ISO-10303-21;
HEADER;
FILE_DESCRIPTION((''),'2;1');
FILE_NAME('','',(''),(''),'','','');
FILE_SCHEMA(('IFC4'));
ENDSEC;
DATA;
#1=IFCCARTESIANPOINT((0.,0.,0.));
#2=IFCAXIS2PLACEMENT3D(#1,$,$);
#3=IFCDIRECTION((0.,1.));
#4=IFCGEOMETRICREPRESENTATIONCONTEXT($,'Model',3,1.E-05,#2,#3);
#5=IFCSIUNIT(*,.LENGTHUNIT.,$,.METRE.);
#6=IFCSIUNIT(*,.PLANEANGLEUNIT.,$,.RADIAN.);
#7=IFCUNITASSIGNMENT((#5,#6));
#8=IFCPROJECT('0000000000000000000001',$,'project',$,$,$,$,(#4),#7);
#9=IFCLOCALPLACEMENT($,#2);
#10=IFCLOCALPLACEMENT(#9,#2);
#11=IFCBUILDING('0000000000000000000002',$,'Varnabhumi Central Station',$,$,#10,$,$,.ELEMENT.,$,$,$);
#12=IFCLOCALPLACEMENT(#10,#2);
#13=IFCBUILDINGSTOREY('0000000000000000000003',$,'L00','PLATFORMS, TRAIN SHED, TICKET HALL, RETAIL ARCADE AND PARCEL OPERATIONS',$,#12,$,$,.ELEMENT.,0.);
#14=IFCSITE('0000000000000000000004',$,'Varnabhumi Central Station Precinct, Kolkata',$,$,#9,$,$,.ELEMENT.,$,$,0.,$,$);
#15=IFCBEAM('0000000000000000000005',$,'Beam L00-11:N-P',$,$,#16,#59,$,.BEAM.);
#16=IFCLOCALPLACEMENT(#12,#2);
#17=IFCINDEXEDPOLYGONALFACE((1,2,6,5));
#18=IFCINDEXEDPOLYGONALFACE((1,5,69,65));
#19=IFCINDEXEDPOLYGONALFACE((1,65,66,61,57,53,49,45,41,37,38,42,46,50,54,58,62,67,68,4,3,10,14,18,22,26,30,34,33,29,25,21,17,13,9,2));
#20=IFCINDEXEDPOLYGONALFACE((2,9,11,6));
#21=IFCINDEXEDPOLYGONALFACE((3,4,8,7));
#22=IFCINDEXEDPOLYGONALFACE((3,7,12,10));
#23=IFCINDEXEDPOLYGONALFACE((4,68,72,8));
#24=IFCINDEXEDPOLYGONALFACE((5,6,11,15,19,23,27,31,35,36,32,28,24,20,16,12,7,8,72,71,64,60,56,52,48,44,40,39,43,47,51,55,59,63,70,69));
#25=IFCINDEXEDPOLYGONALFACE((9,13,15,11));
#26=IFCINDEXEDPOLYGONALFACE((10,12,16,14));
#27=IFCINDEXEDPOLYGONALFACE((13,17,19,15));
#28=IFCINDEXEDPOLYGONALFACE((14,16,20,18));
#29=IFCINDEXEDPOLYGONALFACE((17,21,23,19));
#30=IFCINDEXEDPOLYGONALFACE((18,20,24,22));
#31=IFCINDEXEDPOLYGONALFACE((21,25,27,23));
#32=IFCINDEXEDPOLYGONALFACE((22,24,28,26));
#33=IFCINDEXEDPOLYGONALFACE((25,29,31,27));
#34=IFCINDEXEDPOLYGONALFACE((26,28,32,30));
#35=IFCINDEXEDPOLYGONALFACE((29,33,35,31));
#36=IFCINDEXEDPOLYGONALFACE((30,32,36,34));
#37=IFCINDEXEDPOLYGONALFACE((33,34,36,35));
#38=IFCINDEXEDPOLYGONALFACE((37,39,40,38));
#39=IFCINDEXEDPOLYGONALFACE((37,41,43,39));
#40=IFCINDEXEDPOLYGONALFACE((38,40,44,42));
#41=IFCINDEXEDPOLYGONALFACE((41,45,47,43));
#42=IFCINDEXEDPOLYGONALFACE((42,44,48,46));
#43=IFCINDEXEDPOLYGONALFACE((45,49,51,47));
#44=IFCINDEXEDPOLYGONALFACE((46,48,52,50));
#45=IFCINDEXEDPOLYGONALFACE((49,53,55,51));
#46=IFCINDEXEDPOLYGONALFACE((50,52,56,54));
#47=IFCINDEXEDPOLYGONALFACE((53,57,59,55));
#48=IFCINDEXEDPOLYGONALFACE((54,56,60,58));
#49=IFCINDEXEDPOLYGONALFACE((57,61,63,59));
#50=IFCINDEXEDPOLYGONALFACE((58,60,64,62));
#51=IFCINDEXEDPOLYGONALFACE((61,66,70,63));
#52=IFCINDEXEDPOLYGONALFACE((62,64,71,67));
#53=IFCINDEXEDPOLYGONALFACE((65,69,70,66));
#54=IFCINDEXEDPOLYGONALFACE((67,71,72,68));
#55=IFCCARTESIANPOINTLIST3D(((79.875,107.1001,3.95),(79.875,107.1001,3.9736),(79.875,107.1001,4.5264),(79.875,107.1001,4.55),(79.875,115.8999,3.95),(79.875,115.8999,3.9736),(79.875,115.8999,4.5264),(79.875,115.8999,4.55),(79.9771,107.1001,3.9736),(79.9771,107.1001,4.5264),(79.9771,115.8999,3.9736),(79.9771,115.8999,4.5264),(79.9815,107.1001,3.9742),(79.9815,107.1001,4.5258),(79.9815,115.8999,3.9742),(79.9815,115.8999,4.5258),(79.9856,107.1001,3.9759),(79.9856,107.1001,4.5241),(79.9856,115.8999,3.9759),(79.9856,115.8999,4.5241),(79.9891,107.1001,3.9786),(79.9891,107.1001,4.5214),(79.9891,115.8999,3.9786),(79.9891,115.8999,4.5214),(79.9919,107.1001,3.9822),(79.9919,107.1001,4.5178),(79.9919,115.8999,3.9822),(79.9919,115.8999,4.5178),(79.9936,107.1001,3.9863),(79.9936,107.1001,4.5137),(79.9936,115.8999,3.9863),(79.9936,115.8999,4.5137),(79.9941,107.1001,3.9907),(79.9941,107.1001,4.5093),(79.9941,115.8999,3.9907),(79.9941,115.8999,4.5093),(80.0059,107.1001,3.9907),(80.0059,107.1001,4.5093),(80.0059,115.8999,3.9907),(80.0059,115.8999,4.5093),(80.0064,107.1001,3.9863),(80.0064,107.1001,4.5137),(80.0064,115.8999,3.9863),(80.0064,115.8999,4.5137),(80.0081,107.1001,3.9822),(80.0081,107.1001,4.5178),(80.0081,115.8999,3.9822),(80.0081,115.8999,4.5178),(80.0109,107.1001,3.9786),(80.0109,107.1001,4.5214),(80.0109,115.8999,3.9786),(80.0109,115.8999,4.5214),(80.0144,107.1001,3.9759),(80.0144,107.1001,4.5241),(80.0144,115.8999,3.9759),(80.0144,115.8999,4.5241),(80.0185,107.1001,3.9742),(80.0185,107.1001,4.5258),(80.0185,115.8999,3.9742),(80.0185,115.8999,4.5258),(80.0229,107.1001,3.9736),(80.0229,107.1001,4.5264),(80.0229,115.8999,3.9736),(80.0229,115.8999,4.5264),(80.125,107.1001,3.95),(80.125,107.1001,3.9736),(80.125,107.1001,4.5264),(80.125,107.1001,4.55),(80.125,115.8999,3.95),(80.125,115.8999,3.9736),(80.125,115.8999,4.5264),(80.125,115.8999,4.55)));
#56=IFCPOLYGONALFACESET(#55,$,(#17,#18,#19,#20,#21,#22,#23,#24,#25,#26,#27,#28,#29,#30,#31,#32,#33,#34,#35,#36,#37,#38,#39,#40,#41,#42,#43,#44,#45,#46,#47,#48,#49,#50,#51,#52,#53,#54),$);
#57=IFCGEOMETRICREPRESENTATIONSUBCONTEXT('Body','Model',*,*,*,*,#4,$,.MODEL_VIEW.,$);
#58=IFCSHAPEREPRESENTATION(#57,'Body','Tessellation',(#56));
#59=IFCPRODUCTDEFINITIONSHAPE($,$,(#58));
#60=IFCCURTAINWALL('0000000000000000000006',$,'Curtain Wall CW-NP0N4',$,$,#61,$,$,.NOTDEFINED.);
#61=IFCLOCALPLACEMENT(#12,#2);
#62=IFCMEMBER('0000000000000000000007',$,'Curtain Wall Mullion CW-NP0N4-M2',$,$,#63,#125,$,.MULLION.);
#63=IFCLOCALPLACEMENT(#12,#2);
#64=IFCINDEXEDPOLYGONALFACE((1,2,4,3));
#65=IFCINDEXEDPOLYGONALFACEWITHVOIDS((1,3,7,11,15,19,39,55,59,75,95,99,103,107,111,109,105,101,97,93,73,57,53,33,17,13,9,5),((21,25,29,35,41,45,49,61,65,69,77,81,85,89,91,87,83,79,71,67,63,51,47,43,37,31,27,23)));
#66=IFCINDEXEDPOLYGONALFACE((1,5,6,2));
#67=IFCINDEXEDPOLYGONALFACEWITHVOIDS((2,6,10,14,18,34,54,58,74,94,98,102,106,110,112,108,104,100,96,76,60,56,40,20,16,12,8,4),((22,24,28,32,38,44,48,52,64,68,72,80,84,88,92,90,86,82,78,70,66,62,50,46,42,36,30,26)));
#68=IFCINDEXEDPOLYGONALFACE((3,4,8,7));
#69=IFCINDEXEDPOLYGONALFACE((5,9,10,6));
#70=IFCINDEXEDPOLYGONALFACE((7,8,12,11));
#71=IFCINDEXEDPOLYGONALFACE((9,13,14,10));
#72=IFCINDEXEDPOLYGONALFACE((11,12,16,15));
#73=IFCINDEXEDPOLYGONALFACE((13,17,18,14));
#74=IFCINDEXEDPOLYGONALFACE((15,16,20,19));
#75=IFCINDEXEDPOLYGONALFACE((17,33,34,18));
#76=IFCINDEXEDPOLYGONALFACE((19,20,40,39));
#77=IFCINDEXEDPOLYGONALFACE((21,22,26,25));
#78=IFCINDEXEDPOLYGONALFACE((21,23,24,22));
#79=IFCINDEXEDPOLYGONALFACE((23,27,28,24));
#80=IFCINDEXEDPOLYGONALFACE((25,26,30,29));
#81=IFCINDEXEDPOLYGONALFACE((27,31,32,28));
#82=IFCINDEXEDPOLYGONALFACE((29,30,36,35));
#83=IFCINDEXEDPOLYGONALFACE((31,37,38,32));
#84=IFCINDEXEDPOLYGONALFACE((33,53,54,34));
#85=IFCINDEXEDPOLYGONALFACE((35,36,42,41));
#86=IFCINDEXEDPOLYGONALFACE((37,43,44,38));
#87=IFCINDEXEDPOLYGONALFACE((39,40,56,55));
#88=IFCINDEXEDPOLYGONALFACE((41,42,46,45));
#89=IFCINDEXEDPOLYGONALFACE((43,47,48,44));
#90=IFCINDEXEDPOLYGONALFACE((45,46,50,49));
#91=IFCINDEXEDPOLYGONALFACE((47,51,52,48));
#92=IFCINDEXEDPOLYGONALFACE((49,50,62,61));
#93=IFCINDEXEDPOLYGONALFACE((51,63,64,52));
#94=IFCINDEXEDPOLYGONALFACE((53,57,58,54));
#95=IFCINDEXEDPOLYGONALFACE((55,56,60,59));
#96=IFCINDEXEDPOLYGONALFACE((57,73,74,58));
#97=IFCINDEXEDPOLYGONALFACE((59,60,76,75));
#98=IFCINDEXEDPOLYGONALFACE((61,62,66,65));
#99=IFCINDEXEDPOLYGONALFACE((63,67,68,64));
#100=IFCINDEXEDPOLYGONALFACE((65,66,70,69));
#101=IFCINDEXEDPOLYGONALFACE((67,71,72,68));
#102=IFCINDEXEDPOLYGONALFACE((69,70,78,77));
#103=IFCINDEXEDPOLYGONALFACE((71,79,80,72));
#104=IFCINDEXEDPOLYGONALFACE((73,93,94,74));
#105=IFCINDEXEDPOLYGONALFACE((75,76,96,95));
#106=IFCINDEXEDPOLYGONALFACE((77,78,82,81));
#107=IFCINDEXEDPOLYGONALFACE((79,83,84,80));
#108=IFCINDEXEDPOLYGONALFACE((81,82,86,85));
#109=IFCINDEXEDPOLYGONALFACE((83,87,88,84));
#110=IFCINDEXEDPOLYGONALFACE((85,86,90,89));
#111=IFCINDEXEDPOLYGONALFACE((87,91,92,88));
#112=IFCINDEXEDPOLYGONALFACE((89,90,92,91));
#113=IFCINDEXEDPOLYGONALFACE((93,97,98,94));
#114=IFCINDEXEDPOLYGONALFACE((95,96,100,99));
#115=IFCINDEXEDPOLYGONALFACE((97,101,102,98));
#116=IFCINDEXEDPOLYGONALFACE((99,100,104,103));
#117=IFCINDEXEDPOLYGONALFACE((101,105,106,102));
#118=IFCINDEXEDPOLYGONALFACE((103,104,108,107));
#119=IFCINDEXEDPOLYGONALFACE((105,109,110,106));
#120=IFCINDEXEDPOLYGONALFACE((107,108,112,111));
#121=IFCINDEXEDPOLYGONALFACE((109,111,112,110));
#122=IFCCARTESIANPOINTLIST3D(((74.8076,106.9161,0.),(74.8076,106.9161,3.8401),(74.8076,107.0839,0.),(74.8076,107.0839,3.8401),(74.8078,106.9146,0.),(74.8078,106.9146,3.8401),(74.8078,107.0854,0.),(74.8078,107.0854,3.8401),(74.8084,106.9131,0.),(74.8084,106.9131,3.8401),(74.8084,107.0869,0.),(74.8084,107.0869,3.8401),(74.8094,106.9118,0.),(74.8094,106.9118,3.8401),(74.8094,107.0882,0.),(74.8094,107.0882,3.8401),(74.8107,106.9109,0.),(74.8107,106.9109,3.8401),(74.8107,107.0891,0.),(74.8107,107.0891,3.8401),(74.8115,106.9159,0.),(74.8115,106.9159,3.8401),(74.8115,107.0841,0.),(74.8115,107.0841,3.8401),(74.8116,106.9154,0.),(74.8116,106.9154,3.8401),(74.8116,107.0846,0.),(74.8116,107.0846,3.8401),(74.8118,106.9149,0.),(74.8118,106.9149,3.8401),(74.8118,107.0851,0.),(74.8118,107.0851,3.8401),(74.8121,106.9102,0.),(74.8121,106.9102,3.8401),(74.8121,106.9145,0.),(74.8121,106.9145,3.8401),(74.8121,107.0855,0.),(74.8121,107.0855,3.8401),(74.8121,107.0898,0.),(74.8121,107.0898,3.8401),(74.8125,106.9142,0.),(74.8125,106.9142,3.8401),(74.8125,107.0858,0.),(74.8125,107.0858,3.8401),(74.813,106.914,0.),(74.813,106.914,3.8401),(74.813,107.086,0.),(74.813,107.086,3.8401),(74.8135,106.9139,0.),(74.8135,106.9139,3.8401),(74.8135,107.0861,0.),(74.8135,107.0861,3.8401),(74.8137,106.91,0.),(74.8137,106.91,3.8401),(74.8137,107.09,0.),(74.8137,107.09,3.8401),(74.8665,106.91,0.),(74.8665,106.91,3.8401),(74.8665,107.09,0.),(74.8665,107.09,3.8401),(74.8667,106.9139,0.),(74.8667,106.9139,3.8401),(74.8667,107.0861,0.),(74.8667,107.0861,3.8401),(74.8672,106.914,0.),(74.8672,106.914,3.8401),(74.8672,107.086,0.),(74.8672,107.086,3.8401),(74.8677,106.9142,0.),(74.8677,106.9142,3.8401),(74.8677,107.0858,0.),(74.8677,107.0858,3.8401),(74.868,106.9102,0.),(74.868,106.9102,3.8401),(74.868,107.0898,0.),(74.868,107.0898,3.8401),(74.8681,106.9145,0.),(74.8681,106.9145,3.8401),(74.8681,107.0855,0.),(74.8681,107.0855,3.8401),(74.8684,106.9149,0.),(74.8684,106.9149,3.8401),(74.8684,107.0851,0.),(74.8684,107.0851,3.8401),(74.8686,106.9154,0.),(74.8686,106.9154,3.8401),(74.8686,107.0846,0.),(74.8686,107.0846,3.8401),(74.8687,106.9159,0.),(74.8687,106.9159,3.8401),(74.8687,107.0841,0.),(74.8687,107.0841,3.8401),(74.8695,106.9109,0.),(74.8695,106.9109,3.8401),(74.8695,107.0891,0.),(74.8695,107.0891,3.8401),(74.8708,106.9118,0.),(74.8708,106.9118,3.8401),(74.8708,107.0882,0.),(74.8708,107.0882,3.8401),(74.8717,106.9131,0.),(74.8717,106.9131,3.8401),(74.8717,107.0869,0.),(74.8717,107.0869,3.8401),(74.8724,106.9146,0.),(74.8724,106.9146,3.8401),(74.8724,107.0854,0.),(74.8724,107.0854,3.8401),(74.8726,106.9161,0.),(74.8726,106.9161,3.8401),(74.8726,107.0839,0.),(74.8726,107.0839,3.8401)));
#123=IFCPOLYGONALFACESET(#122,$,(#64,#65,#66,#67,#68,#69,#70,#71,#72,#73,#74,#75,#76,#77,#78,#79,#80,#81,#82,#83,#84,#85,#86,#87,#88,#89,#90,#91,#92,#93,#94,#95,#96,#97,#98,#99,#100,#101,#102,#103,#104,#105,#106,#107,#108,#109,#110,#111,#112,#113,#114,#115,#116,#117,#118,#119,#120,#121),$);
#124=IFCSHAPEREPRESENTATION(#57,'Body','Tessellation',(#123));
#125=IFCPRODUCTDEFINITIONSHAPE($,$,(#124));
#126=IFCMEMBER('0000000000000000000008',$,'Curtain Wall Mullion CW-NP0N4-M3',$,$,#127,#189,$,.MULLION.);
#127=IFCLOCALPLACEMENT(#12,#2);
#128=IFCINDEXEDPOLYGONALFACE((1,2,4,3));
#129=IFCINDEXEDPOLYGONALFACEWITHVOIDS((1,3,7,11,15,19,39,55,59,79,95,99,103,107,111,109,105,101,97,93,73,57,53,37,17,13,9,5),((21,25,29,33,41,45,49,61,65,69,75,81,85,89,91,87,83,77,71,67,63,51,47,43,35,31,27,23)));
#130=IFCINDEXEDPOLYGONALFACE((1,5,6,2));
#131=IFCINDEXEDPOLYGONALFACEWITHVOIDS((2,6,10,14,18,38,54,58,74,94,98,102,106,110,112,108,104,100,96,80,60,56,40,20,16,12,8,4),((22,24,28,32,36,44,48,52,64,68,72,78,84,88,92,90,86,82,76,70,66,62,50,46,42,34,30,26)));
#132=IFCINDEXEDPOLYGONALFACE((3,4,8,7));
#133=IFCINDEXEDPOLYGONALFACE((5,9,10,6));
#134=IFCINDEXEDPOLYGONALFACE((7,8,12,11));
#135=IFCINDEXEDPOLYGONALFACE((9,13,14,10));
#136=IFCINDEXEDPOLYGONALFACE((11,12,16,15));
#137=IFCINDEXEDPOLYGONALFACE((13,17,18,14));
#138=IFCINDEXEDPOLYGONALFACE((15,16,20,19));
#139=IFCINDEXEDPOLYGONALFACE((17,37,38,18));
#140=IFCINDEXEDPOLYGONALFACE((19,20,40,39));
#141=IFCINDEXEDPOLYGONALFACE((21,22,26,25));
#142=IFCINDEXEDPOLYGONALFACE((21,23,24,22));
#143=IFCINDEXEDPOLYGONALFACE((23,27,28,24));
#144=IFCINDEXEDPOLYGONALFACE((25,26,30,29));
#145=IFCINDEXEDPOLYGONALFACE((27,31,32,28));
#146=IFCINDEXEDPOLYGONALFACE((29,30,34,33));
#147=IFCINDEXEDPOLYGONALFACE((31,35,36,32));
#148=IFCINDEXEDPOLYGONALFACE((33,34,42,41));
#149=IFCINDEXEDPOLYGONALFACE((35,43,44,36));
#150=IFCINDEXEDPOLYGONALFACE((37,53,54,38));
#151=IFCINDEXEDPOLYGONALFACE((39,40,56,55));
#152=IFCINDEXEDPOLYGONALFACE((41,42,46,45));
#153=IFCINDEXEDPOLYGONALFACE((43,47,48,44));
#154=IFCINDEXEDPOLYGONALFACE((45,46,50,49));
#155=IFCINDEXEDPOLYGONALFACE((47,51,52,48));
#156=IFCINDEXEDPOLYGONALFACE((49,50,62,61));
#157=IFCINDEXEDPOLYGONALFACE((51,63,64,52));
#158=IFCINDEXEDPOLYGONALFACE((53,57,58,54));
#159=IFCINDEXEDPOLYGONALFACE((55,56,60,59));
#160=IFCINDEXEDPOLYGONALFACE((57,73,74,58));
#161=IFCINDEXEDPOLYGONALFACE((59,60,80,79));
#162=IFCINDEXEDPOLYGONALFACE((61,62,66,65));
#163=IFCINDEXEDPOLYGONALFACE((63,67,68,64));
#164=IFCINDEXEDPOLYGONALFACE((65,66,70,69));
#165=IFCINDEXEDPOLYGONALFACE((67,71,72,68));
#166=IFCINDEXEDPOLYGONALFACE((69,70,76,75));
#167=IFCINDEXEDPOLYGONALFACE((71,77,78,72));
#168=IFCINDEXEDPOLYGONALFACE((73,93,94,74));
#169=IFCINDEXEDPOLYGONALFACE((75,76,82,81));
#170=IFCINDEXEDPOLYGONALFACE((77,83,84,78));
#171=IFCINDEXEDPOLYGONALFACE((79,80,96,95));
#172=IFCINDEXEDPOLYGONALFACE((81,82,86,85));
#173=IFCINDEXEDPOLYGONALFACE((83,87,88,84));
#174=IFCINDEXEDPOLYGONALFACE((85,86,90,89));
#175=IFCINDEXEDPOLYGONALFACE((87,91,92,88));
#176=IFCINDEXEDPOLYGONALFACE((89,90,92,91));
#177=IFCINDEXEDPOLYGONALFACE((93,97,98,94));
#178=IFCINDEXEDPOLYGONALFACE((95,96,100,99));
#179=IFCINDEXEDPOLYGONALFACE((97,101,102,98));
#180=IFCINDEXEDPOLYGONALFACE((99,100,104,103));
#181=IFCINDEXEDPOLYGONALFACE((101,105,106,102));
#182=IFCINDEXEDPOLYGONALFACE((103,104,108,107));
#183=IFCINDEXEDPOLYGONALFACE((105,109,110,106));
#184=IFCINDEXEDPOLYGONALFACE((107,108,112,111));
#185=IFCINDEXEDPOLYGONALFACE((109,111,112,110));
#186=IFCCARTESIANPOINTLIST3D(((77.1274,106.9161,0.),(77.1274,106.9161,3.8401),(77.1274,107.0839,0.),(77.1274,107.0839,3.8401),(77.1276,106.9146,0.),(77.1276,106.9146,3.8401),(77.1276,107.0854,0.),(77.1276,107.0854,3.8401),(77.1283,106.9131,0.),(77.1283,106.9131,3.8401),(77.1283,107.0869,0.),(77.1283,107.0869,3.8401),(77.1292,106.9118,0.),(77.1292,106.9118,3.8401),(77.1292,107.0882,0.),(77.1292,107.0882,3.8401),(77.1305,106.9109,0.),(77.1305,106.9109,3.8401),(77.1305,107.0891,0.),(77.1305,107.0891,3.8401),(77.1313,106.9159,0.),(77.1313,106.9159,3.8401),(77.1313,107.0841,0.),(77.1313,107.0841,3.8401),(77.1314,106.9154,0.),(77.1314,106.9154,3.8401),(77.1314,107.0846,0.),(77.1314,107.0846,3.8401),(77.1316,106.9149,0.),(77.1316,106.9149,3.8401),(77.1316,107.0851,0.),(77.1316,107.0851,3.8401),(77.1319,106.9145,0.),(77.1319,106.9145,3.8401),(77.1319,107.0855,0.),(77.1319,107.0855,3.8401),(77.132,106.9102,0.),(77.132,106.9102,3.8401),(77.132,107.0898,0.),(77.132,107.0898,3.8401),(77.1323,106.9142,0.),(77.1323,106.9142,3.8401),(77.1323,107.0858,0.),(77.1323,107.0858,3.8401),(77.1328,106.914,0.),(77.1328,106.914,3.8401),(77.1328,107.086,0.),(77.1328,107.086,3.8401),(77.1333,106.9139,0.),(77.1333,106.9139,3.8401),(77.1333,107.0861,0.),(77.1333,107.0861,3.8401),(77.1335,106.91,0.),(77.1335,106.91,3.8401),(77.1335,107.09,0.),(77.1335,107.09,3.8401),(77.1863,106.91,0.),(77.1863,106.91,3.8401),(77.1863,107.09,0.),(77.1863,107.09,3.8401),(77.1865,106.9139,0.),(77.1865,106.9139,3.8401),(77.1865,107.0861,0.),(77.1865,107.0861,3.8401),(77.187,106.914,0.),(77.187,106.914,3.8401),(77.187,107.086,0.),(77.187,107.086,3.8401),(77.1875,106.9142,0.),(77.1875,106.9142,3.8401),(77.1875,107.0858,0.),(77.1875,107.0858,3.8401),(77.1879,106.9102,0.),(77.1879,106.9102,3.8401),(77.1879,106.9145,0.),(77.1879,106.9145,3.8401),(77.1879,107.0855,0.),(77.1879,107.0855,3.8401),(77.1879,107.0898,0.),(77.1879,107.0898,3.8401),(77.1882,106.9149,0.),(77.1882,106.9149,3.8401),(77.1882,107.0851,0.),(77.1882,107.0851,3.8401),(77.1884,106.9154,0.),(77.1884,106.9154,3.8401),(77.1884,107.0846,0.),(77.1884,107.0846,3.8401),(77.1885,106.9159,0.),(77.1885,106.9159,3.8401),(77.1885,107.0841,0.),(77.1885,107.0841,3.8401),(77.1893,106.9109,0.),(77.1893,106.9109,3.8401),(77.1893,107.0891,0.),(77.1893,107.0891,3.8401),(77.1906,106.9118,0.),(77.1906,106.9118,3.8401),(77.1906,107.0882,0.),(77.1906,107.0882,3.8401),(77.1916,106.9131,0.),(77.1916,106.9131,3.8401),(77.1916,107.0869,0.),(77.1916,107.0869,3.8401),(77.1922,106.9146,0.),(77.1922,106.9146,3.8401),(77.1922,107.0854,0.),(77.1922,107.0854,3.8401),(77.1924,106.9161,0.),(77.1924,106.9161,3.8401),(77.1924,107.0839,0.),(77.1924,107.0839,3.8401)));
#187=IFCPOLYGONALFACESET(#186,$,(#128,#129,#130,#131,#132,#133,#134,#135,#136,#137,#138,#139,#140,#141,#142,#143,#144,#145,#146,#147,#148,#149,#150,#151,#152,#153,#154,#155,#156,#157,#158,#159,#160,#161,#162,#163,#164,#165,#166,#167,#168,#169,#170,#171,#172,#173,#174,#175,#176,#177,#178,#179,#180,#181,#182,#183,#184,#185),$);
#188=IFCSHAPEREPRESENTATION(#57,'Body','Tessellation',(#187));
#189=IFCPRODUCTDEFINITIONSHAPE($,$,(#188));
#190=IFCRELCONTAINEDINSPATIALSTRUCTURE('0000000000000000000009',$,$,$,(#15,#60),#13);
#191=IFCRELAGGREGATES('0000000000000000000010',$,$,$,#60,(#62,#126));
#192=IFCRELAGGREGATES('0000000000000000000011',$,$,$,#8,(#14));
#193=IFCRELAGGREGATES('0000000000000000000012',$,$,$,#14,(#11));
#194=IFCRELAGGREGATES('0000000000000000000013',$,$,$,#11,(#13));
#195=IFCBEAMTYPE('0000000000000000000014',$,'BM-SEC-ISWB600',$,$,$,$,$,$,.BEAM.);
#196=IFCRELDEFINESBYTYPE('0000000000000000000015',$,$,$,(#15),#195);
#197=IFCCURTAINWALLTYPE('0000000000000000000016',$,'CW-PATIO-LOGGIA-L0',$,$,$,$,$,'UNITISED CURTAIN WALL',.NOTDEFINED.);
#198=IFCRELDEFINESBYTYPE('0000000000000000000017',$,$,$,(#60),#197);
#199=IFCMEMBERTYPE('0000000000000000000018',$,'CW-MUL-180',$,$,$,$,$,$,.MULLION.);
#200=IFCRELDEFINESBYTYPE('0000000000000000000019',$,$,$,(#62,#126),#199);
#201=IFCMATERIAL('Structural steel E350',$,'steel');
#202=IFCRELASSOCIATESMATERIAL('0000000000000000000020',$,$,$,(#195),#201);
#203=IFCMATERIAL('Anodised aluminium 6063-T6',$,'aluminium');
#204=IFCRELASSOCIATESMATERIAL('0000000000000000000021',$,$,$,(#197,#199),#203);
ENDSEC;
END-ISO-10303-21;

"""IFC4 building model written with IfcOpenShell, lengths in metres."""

from ifc_helpers import new_model, si_unit, direction, frame, origin, origin_2d, place, context, subcontext, project, spatial, hollow_rectangle, i_section, extrude, material, material_profile, profile_set, type_object, element, aggregate, save


model = new_model("IFC4")

# Units and contexts
model_context = context("Model", 3, precision=1e-05, world=origin(), true_north=direction((0.0, 1.0)))
body_context = subcontext(model_context, "Body", "Model", "MODEL_VIEW")
ifc_project = project(units=[si_unit("LENGTHUNIT", "METRE"), si_unit("PLANEANGLEUNIT", "RADIAN")], contexts=[model_context])

# Site, building, storey
site_placement = place(None, origin())
site = spatial("IfcSite", under=ifc_project, at=site_placement, Name="Varnabhumi Central Station Precinct, Kolkata", CompositionType="ELEMENT", RefElevation=0.0)
building_placement = place(site_placement, origin())
building = spatial("IfcBuilding", under=site, at=building_placement, Name="Varnabhumi Central Station", CompositionType="ELEMENT")
storey_placement = place(building_placement, origin())
storey = spatial("IfcBuildingStorey", under=building, at=storey_placement, Name="L00", Description="PLATFORMS, TRAIN SHED, TICKET HALL, RETAIL ARCADE AND PARCEL OPERATIONS", CompositionType="ELEMENT", Elevation=0.0)

# Beam
ifc_material_1 = material(Name="Structural steel E350", Category="steel")
ifc_material_profile_1 = material_profile(ifc_material_1, i_section(OverallWidth=0.25, OverallDepth=0.6001, WebThickness=0.0117, FlangeThickness=0.0237, FilletRadius=0.0171, at=origin_2d()), Name="Structural steel E350", Category="steel")
ifc_profile_set_1 = profile_set([ifc_material_profile_1], Name="Structural steel E350")
beam_type_1 = type_object("IfcBeamType", Name="BM-SEC-ISWB600", PredefinedType="BEAM", material=ifc_profile_set_1)
for number, where, z_axis, x_axis, name in (
    (1, (80.0, 107.1001, 4.25), (0.0, 1.0, 0.0), (-1.0, 0.0, 0.0), "Beam L00-11:N-P"),
):
    element("IfcBeam", number, at=place(storey_placement, frame(where, z_axis=z_axis, x_axis=x_axis)), inside=storey, type_object=beam_type_1, Name=name, PredefinedType="BEAM", context=body_context, shape_type="SweptSolid", body=[
        extrude(i_section(OverallWidth=0.25, OverallDepth=0.6001, WebThickness=0.0117, FlangeThickness=0.0237, FilletRadius=0.0171, at=origin_2d()), origin(), (0.0, 0.0, 1.0), 8.7998),
    ])

# Curtain wall, members
ifc_material_2 = material(Name="Anodised aluminium 6063-T6", Category="aluminium")
curtain_wall_type = type_object("IfcCurtainWallType", Name="CW-PATIO-LOGGIA-L0", ElementType="UNITISED CURTAIN WALL", PredefinedType="NOTDEFINED", material=ifc_material_2)
curtain_wall_placement = place(storey_placement, origin())
curtain_wall = element("IfcCurtainWall", 2, at=curtain_wall_placement, inside=storey, type_object=curtain_wall_type, Name="Curtain Wall CW-NP0N4", PredefinedType="NOTDEFINED")
ifc_material_profile_2 = material_profile(ifc_material_2, hollow_rectangle(XDim=0.0649, YDim=0.1799, WallThickness=0.0039, InnerFilletRadius=0.002, OuterFilletRadius=0.0061, at=origin_2d()), Name="Anodised aluminium 6063-T6", Category="aluminium")
ifc_profile_set_2 = profile_set([ifc_material_profile_2], Name="Anodised aluminium 6063-T6")
member_type = type_object("IfcMemberType", Name="CW-MUL-180", PredefinedType="MULLION", material=ifc_profile_set_2)
member_1_placement = place(storey_placement, frame((74.8401, 107.0, 0.0), z_axis=(0.0, 0.0, 1.0), x_axis=(1.0, 0.0, 0.0)))
member_1 = element("IfcMember", 3, at=member_1_placement, type_object=member_type, Name="Curtain Wall Mullion CW-NP0N4-M2", PredefinedType="MULLION", context=body_context, shape_type="SweptSolid", body=[
    extrude(hollow_rectangle(XDim=0.0649, YDim=0.1799, WallThickness=0.0039, InnerFilletRadius=0.002, OuterFilletRadius=0.0061, at=origin_2d()), origin(), (0.0, 0.0, 1.0), 3.8401),
])
member_2_placement = place(storey_placement, frame((77.1599, 107.0, 0.0), z_axis=(0.0, 0.0, 1.0), x_axis=(1.0, 0.0, 0.0)))
member_2 = element("IfcMember", 4, at=member_2_placement, type_object=member_type, Name="Curtain Wall Mullion CW-NP0N4-M3", PredefinedType="MULLION", context=body_context, shape_type="SweptSolid", body=[
    extrude(hollow_rectangle(XDim=0.0649, YDim=0.1799, WallThickness=0.0039, InnerFilletRadius=0.002, OuterFilletRadius=0.0061, at=origin_2d()), origin(), (0.0, 0.0, 1.0), 3.8401),
])
aggregate(curtain_wall, [member_1, member_2])

save(model, "model.ifc")
